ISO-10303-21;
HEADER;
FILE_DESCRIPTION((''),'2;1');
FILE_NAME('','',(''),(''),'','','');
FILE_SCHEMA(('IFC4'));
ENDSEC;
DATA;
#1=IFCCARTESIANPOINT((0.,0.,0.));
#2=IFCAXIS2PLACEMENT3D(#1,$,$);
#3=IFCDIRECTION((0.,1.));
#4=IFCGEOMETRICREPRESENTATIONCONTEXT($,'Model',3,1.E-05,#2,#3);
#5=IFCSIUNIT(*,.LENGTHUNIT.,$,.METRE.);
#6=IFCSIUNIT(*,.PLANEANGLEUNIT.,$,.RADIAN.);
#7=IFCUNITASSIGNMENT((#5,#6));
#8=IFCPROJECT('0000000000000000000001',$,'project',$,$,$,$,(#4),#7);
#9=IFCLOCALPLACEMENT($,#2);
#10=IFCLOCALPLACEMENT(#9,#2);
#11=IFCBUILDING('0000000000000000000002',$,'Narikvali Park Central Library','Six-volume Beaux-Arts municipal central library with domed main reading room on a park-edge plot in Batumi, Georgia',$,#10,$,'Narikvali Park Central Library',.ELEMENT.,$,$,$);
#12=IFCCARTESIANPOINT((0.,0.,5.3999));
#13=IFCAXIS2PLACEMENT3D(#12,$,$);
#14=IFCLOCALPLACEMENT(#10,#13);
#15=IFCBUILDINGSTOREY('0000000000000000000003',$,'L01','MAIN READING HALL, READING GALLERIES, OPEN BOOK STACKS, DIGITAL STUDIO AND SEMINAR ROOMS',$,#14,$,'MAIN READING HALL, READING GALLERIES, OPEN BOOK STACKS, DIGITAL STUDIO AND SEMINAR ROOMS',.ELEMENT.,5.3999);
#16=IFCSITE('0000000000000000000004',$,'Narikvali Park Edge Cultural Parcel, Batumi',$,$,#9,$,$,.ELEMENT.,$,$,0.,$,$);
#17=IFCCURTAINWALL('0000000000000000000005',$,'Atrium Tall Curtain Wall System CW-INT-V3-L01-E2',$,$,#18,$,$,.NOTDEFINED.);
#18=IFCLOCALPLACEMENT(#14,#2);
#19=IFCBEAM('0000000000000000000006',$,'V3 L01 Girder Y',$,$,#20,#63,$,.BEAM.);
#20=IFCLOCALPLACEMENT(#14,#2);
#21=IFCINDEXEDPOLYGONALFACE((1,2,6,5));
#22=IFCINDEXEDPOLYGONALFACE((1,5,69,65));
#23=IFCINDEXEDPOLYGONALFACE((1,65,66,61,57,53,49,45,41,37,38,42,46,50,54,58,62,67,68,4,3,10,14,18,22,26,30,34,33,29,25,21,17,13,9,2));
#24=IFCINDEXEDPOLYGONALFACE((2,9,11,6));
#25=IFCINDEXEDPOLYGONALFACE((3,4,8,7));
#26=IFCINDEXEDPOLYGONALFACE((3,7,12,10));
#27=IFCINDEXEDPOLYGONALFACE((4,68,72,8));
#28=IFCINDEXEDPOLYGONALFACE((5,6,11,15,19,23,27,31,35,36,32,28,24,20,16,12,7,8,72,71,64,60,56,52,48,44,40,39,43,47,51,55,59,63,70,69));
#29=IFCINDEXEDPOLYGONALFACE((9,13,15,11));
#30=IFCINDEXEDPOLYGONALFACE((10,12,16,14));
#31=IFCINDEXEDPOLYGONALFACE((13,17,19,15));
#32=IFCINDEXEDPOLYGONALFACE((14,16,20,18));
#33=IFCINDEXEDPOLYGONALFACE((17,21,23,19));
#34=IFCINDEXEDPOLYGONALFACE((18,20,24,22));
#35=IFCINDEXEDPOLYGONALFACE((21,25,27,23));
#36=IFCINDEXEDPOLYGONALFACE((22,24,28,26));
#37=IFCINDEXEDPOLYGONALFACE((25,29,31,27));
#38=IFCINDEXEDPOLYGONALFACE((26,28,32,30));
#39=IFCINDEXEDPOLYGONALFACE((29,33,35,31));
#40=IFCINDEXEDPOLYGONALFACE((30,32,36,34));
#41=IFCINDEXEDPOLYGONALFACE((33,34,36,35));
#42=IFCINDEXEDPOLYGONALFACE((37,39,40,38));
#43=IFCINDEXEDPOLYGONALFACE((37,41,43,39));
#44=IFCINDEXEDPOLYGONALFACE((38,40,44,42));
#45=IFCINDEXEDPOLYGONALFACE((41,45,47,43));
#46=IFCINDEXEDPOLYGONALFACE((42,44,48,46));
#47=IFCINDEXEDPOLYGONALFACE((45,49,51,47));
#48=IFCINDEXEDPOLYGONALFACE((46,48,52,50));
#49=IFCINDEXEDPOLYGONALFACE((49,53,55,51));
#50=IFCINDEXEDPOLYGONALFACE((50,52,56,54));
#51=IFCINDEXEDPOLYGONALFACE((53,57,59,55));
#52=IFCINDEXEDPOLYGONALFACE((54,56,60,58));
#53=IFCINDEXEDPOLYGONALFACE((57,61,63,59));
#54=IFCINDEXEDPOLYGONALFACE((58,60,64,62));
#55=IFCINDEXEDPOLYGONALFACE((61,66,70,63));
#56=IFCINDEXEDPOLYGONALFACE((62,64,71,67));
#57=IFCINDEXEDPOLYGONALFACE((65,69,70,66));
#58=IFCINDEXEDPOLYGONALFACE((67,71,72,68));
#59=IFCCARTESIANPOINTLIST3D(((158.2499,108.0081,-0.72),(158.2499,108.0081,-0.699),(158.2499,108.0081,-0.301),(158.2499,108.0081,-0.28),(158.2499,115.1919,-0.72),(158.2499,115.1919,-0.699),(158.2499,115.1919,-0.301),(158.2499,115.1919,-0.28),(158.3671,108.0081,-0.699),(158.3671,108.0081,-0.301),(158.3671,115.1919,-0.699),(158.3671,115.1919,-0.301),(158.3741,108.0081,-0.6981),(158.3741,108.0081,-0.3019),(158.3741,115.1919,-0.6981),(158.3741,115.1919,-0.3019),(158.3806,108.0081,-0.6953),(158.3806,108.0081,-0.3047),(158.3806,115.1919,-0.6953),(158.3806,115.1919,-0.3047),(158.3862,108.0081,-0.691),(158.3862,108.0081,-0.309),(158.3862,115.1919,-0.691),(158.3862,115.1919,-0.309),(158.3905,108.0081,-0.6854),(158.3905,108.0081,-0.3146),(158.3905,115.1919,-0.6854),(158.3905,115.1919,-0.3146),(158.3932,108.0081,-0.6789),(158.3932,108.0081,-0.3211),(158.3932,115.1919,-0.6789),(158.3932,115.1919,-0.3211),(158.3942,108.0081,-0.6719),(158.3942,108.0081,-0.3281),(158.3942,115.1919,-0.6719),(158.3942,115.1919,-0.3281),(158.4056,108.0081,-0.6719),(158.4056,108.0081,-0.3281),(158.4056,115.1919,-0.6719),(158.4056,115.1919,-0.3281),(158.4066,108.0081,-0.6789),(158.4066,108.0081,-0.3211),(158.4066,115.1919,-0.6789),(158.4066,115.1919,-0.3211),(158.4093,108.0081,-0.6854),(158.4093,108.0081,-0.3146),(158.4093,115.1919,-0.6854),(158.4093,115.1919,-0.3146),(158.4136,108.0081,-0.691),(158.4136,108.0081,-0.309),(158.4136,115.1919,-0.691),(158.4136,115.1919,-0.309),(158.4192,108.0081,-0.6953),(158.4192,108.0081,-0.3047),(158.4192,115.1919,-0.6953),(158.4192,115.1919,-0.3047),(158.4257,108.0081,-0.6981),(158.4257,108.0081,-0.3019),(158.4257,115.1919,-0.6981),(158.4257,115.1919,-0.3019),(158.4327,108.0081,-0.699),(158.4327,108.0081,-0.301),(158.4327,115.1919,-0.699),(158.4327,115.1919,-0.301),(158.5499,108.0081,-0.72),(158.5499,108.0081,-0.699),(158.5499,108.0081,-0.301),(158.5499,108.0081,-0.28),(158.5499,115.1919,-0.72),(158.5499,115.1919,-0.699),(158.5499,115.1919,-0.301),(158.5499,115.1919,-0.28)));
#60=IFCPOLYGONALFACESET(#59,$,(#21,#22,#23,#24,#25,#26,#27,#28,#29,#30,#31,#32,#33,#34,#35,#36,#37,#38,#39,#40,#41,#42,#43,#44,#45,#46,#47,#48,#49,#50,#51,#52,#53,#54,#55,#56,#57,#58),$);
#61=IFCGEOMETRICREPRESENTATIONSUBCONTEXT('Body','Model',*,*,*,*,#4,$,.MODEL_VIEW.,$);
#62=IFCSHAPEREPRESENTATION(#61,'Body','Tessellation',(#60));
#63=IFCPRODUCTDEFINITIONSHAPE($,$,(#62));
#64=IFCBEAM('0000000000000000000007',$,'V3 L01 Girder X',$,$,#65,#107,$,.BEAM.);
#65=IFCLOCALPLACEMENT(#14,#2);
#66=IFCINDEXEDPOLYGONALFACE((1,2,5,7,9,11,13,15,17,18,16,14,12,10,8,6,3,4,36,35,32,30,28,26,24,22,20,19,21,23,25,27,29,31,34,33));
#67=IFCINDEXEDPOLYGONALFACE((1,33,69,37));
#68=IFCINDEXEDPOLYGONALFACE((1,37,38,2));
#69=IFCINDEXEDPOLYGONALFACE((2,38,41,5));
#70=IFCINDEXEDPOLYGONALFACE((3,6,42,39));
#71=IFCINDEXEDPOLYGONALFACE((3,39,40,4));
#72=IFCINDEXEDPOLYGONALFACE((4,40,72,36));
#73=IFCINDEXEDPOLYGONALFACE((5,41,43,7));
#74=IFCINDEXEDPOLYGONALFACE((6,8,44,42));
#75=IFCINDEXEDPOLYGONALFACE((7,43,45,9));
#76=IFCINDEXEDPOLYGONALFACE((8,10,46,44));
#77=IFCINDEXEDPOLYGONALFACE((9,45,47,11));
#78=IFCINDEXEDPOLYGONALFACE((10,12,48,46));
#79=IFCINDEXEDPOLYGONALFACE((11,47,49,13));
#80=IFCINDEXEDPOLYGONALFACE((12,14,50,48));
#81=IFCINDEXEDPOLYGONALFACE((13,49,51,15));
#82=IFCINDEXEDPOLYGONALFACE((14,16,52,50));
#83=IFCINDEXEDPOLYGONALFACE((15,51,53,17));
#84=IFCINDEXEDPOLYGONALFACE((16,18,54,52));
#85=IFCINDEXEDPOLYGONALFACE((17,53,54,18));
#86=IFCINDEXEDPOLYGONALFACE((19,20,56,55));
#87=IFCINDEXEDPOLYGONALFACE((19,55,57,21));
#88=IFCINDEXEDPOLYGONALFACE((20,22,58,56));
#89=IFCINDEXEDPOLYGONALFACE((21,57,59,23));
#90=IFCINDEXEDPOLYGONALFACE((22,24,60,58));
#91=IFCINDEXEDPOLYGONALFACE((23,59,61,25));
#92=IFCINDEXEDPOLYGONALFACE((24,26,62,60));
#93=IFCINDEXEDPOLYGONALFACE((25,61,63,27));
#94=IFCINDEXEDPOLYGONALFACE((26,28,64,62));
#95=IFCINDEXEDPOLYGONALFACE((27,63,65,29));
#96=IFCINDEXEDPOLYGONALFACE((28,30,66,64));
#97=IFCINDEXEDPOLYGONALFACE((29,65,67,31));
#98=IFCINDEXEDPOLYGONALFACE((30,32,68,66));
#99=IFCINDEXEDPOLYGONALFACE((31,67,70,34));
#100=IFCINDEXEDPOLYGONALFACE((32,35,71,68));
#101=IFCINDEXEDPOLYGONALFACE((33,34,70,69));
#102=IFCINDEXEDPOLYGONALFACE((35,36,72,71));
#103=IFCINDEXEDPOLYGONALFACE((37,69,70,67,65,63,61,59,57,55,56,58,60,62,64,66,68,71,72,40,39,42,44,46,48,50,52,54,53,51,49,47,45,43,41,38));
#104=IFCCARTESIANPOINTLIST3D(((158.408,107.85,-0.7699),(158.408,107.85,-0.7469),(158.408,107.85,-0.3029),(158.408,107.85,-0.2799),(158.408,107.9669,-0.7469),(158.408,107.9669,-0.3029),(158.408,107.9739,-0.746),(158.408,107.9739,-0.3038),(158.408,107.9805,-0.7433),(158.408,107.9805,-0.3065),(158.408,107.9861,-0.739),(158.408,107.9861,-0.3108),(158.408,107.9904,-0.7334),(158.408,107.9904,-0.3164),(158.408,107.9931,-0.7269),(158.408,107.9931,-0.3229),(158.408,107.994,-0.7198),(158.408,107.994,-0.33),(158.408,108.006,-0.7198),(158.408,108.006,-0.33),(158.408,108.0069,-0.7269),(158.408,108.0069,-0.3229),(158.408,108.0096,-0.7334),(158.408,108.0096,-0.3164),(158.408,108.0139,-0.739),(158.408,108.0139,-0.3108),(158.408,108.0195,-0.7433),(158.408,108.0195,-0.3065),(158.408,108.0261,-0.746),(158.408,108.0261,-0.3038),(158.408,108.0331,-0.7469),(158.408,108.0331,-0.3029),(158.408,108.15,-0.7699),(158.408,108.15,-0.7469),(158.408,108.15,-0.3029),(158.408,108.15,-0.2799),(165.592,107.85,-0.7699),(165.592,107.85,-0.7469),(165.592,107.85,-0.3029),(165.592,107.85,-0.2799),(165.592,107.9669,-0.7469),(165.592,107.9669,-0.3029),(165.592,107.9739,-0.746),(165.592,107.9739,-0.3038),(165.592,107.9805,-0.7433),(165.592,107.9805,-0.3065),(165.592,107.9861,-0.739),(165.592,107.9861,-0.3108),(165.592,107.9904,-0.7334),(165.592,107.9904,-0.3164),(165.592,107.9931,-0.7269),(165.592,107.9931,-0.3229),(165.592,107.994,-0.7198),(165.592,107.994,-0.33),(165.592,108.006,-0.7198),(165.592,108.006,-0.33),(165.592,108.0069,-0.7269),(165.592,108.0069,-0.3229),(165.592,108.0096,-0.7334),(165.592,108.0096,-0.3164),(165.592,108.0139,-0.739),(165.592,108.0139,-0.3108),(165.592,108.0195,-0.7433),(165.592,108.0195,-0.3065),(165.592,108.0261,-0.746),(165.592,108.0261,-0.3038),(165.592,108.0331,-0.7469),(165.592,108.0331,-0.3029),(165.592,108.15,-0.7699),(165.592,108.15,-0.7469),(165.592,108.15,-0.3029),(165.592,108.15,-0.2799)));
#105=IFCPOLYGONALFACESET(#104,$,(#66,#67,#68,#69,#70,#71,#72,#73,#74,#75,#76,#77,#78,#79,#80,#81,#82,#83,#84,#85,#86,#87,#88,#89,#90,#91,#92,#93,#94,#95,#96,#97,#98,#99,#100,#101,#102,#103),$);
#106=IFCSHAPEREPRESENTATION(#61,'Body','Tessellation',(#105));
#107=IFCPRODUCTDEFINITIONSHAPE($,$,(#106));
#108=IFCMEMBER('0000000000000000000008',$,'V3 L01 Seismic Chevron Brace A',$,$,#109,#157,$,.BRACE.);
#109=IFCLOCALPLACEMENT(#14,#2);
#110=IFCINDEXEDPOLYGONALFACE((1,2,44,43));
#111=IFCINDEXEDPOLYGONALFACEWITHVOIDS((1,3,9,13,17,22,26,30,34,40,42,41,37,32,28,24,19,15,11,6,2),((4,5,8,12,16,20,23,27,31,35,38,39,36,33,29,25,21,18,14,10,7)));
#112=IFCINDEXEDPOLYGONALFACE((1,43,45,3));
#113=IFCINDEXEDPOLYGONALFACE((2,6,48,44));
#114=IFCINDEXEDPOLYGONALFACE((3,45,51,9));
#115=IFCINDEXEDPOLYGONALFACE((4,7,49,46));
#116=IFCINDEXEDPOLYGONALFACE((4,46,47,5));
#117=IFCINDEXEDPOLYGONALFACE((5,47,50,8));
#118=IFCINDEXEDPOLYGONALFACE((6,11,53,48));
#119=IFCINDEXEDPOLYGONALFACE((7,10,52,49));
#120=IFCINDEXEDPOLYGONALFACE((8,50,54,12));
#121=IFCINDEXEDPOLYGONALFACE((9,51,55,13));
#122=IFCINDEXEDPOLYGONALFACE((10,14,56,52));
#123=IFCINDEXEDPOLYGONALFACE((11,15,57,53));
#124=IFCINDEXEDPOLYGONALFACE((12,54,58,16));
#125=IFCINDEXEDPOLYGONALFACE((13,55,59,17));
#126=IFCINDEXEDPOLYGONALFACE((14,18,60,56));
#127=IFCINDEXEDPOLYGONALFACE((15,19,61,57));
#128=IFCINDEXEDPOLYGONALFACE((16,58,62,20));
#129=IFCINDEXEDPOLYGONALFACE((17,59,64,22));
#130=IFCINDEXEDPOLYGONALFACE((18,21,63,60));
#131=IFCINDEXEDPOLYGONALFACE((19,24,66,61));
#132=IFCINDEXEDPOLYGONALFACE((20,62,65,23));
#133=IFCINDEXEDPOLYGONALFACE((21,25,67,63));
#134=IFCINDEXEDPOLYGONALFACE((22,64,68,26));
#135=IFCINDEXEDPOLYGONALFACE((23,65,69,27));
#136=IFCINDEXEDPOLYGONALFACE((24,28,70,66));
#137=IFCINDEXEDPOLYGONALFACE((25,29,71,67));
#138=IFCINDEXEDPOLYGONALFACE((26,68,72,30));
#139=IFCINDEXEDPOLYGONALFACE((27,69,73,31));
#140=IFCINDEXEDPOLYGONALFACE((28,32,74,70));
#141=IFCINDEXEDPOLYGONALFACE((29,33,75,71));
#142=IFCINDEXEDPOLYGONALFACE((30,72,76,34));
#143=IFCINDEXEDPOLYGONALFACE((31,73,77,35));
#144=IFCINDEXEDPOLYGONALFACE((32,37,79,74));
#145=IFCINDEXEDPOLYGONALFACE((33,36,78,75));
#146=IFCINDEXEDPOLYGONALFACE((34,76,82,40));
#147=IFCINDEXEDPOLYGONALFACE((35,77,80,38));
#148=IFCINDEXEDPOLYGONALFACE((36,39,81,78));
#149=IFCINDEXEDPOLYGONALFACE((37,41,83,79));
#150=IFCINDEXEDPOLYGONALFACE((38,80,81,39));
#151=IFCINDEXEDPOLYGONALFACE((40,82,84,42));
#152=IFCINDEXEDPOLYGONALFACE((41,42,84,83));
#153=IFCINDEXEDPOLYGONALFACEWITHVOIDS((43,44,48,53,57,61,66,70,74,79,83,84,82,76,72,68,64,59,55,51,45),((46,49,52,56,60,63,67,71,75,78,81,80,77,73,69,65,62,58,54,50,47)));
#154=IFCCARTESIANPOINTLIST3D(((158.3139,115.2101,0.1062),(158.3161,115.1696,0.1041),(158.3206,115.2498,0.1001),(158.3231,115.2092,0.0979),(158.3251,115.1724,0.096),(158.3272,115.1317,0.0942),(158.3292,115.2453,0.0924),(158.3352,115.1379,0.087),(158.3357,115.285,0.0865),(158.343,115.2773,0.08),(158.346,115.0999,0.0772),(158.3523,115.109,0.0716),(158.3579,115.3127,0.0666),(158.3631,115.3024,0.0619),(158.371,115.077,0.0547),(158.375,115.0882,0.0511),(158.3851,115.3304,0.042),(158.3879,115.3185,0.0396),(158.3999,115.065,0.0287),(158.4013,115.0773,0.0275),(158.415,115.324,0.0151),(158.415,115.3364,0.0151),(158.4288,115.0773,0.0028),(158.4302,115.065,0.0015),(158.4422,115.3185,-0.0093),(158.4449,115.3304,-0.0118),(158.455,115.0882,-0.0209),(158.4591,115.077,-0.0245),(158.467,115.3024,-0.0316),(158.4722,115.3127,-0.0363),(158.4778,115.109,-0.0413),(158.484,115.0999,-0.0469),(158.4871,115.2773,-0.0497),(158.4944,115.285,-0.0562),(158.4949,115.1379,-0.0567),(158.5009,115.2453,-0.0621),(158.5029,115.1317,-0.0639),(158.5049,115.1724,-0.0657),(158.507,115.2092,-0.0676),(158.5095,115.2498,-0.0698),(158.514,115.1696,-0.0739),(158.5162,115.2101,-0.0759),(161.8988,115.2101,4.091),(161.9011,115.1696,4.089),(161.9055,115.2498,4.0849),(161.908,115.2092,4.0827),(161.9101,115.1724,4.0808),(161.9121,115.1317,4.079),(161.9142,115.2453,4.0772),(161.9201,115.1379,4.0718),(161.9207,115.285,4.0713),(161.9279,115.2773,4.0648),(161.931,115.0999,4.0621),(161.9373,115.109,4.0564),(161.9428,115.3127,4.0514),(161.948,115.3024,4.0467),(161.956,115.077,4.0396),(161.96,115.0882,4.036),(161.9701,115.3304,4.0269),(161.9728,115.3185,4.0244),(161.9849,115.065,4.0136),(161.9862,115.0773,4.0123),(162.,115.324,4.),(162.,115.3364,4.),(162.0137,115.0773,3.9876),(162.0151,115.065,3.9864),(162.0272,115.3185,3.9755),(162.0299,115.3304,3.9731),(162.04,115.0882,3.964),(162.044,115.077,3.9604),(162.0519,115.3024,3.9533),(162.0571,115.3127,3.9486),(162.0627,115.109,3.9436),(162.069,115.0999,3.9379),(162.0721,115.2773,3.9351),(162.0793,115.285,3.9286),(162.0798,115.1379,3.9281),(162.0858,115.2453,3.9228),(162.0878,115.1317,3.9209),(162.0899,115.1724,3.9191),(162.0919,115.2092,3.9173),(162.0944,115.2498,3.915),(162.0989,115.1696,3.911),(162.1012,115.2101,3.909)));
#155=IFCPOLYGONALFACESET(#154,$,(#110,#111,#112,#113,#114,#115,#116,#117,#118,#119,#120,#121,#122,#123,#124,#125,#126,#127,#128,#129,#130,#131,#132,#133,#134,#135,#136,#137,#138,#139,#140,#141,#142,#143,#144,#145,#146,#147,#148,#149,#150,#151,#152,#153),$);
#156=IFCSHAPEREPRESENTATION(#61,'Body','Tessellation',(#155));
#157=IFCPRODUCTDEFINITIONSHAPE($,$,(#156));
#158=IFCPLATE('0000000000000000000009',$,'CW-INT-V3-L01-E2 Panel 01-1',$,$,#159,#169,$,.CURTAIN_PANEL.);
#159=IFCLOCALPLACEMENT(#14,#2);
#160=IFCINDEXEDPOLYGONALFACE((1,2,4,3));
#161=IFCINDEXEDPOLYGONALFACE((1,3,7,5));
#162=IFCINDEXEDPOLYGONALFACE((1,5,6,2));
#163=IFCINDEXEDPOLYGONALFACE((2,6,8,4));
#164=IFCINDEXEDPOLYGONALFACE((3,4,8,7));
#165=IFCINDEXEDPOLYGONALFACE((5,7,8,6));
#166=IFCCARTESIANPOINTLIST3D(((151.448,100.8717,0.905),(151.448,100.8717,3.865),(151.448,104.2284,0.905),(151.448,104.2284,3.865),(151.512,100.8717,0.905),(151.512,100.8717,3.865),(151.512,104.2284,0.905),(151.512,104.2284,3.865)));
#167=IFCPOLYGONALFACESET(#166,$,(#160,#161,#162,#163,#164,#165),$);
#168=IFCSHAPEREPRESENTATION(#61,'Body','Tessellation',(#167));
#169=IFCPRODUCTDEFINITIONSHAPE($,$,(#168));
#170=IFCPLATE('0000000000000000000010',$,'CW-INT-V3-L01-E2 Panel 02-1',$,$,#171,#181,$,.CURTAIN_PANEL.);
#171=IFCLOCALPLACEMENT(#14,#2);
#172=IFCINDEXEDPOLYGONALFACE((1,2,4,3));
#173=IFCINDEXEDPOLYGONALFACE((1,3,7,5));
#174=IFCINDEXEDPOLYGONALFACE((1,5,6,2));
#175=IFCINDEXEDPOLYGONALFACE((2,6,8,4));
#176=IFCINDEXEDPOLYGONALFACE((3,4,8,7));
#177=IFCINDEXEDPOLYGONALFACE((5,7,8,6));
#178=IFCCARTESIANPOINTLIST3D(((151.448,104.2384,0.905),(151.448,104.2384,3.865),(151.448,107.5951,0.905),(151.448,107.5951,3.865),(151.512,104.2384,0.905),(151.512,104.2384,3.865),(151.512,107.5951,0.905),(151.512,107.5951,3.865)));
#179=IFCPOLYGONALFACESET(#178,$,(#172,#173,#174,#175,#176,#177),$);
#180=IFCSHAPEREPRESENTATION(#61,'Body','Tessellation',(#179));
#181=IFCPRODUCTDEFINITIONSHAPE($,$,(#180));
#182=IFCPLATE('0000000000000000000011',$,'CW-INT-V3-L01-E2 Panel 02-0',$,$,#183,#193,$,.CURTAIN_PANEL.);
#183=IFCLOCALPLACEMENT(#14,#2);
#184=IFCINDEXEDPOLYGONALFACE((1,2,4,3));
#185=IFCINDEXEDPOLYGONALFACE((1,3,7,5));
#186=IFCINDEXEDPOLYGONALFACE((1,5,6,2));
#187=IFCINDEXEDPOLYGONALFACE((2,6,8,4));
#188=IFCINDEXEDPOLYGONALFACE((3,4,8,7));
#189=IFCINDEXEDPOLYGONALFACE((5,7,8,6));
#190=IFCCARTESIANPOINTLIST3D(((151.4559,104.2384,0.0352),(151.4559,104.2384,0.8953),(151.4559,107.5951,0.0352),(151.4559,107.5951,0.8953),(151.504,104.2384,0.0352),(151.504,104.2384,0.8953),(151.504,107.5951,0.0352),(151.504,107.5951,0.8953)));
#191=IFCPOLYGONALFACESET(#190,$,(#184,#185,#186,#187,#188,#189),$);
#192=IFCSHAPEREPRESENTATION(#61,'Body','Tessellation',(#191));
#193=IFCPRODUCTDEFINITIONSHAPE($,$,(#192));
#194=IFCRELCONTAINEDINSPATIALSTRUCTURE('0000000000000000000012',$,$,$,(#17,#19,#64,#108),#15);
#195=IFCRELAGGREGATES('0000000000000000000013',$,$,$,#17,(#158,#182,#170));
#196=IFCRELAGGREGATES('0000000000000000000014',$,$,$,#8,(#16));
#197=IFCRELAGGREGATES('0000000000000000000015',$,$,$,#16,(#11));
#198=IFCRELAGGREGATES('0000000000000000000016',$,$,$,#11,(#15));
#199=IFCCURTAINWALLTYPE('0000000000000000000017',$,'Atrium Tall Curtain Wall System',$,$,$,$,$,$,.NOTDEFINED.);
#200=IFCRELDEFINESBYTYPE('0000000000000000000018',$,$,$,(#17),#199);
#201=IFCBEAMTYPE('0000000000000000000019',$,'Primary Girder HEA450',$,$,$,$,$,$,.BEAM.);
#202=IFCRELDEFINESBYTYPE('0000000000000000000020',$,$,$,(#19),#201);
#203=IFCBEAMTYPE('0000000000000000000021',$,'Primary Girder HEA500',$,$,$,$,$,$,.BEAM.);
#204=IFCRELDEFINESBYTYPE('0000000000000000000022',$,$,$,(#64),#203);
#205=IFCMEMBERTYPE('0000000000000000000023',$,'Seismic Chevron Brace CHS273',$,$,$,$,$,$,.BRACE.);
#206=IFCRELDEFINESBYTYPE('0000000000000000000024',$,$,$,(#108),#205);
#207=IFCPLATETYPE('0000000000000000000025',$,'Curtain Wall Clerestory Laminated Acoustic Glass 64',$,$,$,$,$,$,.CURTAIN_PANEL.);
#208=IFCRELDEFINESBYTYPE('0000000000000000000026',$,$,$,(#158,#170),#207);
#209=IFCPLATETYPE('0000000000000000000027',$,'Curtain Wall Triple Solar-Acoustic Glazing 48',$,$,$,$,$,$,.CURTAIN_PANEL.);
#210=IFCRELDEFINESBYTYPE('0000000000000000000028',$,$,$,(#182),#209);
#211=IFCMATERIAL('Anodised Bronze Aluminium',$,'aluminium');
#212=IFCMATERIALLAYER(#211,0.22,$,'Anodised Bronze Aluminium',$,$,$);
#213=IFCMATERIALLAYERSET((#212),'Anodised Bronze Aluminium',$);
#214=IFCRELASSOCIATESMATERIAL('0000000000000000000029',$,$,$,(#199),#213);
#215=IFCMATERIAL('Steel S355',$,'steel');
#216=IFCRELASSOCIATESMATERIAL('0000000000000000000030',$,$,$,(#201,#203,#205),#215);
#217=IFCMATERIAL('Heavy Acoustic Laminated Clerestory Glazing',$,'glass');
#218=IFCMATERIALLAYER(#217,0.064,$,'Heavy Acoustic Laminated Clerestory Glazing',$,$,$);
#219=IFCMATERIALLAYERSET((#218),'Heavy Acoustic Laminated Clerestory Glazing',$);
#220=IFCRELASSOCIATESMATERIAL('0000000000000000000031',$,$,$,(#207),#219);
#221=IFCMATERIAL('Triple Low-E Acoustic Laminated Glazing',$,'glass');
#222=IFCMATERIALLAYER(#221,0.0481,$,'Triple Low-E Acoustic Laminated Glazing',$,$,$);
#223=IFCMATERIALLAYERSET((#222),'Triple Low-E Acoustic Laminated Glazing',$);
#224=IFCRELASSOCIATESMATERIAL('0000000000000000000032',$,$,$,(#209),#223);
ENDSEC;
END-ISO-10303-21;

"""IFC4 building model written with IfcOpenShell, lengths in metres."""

from ifc_helpers import new_model, si_unit, direction, frame, origin, origin_2d, place, context, subcontext, project, spatial, rectangle, hollow_circle, i_section, extrude, material, layer, layer_set, material_profile, profile_set, type_object, element, aggregate, save


model = new_model("IFC4")

# Units and contexts
model_context = context("Model", 3, precision=1e-05, world=origin(), true_north=direction((0.0, 1.0)))
body_context = subcontext(model_context, "Body", "Model", "MODEL_VIEW")
ifc_project = project(units=[si_unit("LENGTHUNIT", "METRE"), si_unit("PLANEANGLEUNIT", "RADIAN")], contexts=[model_context])

# Site, building, storey
site_placement = place(None, origin())
site = spatial("IfcSite", under=ifc_project, at=site_placement, Name="Narikvali Park Edge Cultural Parcel, Batumi", CompositionType="ELEMENT", RefElevation=0.0)
building_placement = place(site_placement, origin())
building = spatial("IfcBuilding", under=site, at=building_placement, Name="Narikvali Park Central Library", Description="Six-volume Beaux-Arts municipal central library with domed main reading room on a park-edge plot in Batumi, Georgia", LongName="Narikvali Park Central Library", CompositionType="ELEMENT")
storey_placement = place(building_placement, frame((0.0, 0.0, 5.3999)))
storey = spatial("IfcBuildingStorey", under=building, at=storey_placement, Name="L01", Description="MAIN READING HALL, READING GALLERIES, OPEN BOOK STACKS, DIGITAL STUDIO AND SEMINAR ROOMS", LongName="MAIN READING HALL, READING GALLERIES, OPEN BOOK STACKS, DIGITAL STUDIO AND SEMINAR ROOMS", CompositionType="ELEMENT", Elevation=5.3999)

# Shared definitions
ifc_material_1 = material(Name="Steel S355", Category="steel")

# Curtain wall
ifc_material_2 = material(Name="Anodised Bronze Aluminium", Category="aluminium")
ifc_layer_1 = layer(ifc_material_2, 0.22, Name="Anodised Bronze Aluminium")
ifc_layer_set_1 = layer_set([ifc_layer_1], Name="Anodised Bronze Aluminium")
curtain_wall_type = type_object("IfcCurtainWallType", Name="Atrium Tall Curtain Wall System", PredefinedType="NOTDEFINED", material=ifc_layer_set_1)
curtain_wall_placement = place(storey_placement, origin())
curtain_wall = element("IfcCurtainWall", 1, at=curtain_wall_placement, inside=storey, type_object=curtain_wall_type, Name="Atrium Tall Curtain Wall System CW-INT-V3-L01-E2", PredefinedType="NOTDEFINED")

# Beams
ifc_material_profile_1 = material_profile(ifc_material_1, i_section(OverallWidth=0.3, OverallDepth=0.4399, WebThickness=0.0115, FlangeThickness=0.021, FilletRadius=0.0271, at=origin_2d()), Name="HEA 450")
ifc_profile_set_1 = profile_set([ifc_material_profile_1], Name="Steel S355")
beam_type_1 = type_object("IfcBeamType", Name="Primary Girder HEA450", PredefinedType="BEAM", material=ifc_profile_set_1)
beam_1_placement = place(storey_placement, frame((158.3999, 108.0081, -0.5), z_axis=(0.0, 1.0, 0.0), x_axis=(-1.0, 0.0, 0.0)))
element("IfcBeam", 2, at=beam_1_placement, inside=storey, type_object=beam_type_1, Name="V3 L01 Girder Y", PredefinedType="BEAM", context=body_context, shape_type="SweptSolid", body=[
    extrude(i_section(OverallWidth=0.3, OverallDepth=0.4399, WebThickness=0.0115, FlangeThickness=0.021, FilletRadius=0.0271, at=origin_2d()), origin(), (0.0, 0.0, 1.0), 7.1838),
])
ifc_material_profile_2 = material_profile(ifc_material_1, i_section(OverallWidth=0.3, OverallDepth=0.49, WebThickness=0.012, FlangeThickness=0.0229, FilletRadius=0.0271, at=origin_2d()), Name="HEA 500")
ifc_profile_set_2 = profile_set([ifc_material_profile_2], Name="Steel S355")
beam_type_2 = type_object("IfcBeamType", Name="Primary Girder HEA500", PredefinedType="BEAM", material=ifc_profile_set_2)
beam_2_placement = place(storey_placement, frame((158.408, 108.0, -0.5249), z_axis=(1.0, 0.0, 0.0), x_axis=(0.0, 1.0, 0.0)))
element("IfcBeam", 3, at=beam_2_placement, inside=storey, type_object=beam_type_2, Name="V3 L01 Girder X", PredefinedType="BEAM", context=body_context, shape_type="SweptSolid", body=[
    extrude(i_section(OverallWidth=0.3, OverallDepth=0.49, WebThickness=0.012, FlangeThickness=0.0229, FilletRadius=0.0271, at=origin_2d()), origin(), (0.0, 0.0, 1.0), 7.1841),
])

# Member
ifc_material_profile_3 = material_profile(ifc_material_1, hollow_circle(Radius=0.1365, WallThickness=0.0125, at=origin_2d()), Name="CHS 273x12.5")
ifc_profile_set_3 = profile_set([ifc_material_profile_3], Name="Steel S355")
member_type_1 = type_object("IfcMemberType", Name="Seismic Chevron Brace CHS273", PredefinedType="BRACE", material=ifc_profile_set_3)
member_1_placement = place(storey_placement, frame((158.415, 115.2, 0.0151), z_axis=(0.668819, 0.0, 0.743425), x_axis=(0.0, 1.0, 0.0)))
element("IfcMember", 4, at=member_1_placement, inside=storey, type_object=member_type_1, Name="V3 L01 Seismic Chevron Brace A", PredefinedType="BRACE", context=body_context, shape_type="SweptSolid", body=[
    extrude(hollow_circle(Radius=0.1365, WallThickness=0.0125, at=origin_2d()), origin(), (0.0, 0.0, 1.0), 5.3601),
])

# Plates
ifc_material_3 = material(Name="Heavy Acoustic Laminated Clerestory Glazing", Category="glass")
ifc_layer_2 = layer(ifc_material_3, 0.064, Name="Heavy Acoustic Laminated Clerestory Glazing")
ifc_layer_set_2 = layer_set([ifc_layer_2], Name="Heavy Acoustic Laminated Clerestory Glazing")
plate_type_1 = type_object("IfcPlateType", Name="Curtain Wall Clerestory Laminated Acoustic Glass 64", PredefinedType="CURTAIN_PANEL", material=ifc_layer_set_2)
plate_1_placement = place(storey_placement, frame((151.48, 102.55, 0.905), z_axis=(0.0, 0.0, 1.0), x_axis=(0.0, 1.0, 0.0)))
plate_1 = element("IfcPlate", 5, at=plate_1_placement, type_object=plate_type_1, Name="CW-INT-V3-L01-E2 Panel 01-1", PredefinedType="CURTAIN_PANEL", context=body_context, shape_type="SweptSolid", body=[
    extrude(rectangle(XDim=3.3567, YDim=0.064, at=origin_2d()), origin(), (0.0, 0.0, 1.0), 2.96),
])
plate_2_placement = place(storey_placement, frame((151.48, 105.9167, 0.905), z_axis=(0.0, 0.0, 1.0), x_axis=(0.0, 1.0, 0.0)))
plate_2 = element("IfcPlate", 6, at=plate_2_placement, type_object=plate_type_1, Name="CW-INT-V3-L01-E2 Panel 02-1", PredefinedType="CURTAIN_PANEL", context=body_context, shape_type="SweptSolid", body=[
    extrude(rectangle(XDim=3.3567, YDim=0.064, at=origin_2d()), origin(), (0.0, 0.0, 1.0), 2.96),
])
ifc_material_4 = material(Name="Triple Low-E Acoustic Laminated Glazing", Category="glass")
ifc_layer_3 = layer(ifc_material_4, 0.0481, Name="Triple Low-E Acoustic Laminated Glazing")
ifc_layer_set_3 = layer_set([ifc_layer_3], Name="Triple Low-E Acoustic Laminated Glazing")
plate_type_2 = type_object("IfcPlateType", Name="Curtain Wall Triple Solar-Acoustic Glazing 48", PredefinedType="CURTAIN_PANEL", material=ifc_layer_set_3)
plate_3_placement = place(storey_placement, frame((151.48, 105.9167, 0.0352), z_axis=(0.0, 0.0, 1.0), x_axis=(0.0, 1.0, 0.0)))
plate_3 = element("IfcPlate", 7, at=plate_3_placement, type_object=plate_type_2, Name="CW-INT-V3-L01-E2 Panel 02-0", PredefinedType="CURTAIN_PANEL", context=body_context, shape_type="SweptSolid", body=[
    extrude(rectangle(XDim=3.3567, YDim=0.0481, at=origin_2d()), origin(), (0.0, 0.0, 1.0), 0.8601),
])
aggregate(curtain_wall, [plate_1, plate_3, plate_2])

save(model, "model.ifc")
